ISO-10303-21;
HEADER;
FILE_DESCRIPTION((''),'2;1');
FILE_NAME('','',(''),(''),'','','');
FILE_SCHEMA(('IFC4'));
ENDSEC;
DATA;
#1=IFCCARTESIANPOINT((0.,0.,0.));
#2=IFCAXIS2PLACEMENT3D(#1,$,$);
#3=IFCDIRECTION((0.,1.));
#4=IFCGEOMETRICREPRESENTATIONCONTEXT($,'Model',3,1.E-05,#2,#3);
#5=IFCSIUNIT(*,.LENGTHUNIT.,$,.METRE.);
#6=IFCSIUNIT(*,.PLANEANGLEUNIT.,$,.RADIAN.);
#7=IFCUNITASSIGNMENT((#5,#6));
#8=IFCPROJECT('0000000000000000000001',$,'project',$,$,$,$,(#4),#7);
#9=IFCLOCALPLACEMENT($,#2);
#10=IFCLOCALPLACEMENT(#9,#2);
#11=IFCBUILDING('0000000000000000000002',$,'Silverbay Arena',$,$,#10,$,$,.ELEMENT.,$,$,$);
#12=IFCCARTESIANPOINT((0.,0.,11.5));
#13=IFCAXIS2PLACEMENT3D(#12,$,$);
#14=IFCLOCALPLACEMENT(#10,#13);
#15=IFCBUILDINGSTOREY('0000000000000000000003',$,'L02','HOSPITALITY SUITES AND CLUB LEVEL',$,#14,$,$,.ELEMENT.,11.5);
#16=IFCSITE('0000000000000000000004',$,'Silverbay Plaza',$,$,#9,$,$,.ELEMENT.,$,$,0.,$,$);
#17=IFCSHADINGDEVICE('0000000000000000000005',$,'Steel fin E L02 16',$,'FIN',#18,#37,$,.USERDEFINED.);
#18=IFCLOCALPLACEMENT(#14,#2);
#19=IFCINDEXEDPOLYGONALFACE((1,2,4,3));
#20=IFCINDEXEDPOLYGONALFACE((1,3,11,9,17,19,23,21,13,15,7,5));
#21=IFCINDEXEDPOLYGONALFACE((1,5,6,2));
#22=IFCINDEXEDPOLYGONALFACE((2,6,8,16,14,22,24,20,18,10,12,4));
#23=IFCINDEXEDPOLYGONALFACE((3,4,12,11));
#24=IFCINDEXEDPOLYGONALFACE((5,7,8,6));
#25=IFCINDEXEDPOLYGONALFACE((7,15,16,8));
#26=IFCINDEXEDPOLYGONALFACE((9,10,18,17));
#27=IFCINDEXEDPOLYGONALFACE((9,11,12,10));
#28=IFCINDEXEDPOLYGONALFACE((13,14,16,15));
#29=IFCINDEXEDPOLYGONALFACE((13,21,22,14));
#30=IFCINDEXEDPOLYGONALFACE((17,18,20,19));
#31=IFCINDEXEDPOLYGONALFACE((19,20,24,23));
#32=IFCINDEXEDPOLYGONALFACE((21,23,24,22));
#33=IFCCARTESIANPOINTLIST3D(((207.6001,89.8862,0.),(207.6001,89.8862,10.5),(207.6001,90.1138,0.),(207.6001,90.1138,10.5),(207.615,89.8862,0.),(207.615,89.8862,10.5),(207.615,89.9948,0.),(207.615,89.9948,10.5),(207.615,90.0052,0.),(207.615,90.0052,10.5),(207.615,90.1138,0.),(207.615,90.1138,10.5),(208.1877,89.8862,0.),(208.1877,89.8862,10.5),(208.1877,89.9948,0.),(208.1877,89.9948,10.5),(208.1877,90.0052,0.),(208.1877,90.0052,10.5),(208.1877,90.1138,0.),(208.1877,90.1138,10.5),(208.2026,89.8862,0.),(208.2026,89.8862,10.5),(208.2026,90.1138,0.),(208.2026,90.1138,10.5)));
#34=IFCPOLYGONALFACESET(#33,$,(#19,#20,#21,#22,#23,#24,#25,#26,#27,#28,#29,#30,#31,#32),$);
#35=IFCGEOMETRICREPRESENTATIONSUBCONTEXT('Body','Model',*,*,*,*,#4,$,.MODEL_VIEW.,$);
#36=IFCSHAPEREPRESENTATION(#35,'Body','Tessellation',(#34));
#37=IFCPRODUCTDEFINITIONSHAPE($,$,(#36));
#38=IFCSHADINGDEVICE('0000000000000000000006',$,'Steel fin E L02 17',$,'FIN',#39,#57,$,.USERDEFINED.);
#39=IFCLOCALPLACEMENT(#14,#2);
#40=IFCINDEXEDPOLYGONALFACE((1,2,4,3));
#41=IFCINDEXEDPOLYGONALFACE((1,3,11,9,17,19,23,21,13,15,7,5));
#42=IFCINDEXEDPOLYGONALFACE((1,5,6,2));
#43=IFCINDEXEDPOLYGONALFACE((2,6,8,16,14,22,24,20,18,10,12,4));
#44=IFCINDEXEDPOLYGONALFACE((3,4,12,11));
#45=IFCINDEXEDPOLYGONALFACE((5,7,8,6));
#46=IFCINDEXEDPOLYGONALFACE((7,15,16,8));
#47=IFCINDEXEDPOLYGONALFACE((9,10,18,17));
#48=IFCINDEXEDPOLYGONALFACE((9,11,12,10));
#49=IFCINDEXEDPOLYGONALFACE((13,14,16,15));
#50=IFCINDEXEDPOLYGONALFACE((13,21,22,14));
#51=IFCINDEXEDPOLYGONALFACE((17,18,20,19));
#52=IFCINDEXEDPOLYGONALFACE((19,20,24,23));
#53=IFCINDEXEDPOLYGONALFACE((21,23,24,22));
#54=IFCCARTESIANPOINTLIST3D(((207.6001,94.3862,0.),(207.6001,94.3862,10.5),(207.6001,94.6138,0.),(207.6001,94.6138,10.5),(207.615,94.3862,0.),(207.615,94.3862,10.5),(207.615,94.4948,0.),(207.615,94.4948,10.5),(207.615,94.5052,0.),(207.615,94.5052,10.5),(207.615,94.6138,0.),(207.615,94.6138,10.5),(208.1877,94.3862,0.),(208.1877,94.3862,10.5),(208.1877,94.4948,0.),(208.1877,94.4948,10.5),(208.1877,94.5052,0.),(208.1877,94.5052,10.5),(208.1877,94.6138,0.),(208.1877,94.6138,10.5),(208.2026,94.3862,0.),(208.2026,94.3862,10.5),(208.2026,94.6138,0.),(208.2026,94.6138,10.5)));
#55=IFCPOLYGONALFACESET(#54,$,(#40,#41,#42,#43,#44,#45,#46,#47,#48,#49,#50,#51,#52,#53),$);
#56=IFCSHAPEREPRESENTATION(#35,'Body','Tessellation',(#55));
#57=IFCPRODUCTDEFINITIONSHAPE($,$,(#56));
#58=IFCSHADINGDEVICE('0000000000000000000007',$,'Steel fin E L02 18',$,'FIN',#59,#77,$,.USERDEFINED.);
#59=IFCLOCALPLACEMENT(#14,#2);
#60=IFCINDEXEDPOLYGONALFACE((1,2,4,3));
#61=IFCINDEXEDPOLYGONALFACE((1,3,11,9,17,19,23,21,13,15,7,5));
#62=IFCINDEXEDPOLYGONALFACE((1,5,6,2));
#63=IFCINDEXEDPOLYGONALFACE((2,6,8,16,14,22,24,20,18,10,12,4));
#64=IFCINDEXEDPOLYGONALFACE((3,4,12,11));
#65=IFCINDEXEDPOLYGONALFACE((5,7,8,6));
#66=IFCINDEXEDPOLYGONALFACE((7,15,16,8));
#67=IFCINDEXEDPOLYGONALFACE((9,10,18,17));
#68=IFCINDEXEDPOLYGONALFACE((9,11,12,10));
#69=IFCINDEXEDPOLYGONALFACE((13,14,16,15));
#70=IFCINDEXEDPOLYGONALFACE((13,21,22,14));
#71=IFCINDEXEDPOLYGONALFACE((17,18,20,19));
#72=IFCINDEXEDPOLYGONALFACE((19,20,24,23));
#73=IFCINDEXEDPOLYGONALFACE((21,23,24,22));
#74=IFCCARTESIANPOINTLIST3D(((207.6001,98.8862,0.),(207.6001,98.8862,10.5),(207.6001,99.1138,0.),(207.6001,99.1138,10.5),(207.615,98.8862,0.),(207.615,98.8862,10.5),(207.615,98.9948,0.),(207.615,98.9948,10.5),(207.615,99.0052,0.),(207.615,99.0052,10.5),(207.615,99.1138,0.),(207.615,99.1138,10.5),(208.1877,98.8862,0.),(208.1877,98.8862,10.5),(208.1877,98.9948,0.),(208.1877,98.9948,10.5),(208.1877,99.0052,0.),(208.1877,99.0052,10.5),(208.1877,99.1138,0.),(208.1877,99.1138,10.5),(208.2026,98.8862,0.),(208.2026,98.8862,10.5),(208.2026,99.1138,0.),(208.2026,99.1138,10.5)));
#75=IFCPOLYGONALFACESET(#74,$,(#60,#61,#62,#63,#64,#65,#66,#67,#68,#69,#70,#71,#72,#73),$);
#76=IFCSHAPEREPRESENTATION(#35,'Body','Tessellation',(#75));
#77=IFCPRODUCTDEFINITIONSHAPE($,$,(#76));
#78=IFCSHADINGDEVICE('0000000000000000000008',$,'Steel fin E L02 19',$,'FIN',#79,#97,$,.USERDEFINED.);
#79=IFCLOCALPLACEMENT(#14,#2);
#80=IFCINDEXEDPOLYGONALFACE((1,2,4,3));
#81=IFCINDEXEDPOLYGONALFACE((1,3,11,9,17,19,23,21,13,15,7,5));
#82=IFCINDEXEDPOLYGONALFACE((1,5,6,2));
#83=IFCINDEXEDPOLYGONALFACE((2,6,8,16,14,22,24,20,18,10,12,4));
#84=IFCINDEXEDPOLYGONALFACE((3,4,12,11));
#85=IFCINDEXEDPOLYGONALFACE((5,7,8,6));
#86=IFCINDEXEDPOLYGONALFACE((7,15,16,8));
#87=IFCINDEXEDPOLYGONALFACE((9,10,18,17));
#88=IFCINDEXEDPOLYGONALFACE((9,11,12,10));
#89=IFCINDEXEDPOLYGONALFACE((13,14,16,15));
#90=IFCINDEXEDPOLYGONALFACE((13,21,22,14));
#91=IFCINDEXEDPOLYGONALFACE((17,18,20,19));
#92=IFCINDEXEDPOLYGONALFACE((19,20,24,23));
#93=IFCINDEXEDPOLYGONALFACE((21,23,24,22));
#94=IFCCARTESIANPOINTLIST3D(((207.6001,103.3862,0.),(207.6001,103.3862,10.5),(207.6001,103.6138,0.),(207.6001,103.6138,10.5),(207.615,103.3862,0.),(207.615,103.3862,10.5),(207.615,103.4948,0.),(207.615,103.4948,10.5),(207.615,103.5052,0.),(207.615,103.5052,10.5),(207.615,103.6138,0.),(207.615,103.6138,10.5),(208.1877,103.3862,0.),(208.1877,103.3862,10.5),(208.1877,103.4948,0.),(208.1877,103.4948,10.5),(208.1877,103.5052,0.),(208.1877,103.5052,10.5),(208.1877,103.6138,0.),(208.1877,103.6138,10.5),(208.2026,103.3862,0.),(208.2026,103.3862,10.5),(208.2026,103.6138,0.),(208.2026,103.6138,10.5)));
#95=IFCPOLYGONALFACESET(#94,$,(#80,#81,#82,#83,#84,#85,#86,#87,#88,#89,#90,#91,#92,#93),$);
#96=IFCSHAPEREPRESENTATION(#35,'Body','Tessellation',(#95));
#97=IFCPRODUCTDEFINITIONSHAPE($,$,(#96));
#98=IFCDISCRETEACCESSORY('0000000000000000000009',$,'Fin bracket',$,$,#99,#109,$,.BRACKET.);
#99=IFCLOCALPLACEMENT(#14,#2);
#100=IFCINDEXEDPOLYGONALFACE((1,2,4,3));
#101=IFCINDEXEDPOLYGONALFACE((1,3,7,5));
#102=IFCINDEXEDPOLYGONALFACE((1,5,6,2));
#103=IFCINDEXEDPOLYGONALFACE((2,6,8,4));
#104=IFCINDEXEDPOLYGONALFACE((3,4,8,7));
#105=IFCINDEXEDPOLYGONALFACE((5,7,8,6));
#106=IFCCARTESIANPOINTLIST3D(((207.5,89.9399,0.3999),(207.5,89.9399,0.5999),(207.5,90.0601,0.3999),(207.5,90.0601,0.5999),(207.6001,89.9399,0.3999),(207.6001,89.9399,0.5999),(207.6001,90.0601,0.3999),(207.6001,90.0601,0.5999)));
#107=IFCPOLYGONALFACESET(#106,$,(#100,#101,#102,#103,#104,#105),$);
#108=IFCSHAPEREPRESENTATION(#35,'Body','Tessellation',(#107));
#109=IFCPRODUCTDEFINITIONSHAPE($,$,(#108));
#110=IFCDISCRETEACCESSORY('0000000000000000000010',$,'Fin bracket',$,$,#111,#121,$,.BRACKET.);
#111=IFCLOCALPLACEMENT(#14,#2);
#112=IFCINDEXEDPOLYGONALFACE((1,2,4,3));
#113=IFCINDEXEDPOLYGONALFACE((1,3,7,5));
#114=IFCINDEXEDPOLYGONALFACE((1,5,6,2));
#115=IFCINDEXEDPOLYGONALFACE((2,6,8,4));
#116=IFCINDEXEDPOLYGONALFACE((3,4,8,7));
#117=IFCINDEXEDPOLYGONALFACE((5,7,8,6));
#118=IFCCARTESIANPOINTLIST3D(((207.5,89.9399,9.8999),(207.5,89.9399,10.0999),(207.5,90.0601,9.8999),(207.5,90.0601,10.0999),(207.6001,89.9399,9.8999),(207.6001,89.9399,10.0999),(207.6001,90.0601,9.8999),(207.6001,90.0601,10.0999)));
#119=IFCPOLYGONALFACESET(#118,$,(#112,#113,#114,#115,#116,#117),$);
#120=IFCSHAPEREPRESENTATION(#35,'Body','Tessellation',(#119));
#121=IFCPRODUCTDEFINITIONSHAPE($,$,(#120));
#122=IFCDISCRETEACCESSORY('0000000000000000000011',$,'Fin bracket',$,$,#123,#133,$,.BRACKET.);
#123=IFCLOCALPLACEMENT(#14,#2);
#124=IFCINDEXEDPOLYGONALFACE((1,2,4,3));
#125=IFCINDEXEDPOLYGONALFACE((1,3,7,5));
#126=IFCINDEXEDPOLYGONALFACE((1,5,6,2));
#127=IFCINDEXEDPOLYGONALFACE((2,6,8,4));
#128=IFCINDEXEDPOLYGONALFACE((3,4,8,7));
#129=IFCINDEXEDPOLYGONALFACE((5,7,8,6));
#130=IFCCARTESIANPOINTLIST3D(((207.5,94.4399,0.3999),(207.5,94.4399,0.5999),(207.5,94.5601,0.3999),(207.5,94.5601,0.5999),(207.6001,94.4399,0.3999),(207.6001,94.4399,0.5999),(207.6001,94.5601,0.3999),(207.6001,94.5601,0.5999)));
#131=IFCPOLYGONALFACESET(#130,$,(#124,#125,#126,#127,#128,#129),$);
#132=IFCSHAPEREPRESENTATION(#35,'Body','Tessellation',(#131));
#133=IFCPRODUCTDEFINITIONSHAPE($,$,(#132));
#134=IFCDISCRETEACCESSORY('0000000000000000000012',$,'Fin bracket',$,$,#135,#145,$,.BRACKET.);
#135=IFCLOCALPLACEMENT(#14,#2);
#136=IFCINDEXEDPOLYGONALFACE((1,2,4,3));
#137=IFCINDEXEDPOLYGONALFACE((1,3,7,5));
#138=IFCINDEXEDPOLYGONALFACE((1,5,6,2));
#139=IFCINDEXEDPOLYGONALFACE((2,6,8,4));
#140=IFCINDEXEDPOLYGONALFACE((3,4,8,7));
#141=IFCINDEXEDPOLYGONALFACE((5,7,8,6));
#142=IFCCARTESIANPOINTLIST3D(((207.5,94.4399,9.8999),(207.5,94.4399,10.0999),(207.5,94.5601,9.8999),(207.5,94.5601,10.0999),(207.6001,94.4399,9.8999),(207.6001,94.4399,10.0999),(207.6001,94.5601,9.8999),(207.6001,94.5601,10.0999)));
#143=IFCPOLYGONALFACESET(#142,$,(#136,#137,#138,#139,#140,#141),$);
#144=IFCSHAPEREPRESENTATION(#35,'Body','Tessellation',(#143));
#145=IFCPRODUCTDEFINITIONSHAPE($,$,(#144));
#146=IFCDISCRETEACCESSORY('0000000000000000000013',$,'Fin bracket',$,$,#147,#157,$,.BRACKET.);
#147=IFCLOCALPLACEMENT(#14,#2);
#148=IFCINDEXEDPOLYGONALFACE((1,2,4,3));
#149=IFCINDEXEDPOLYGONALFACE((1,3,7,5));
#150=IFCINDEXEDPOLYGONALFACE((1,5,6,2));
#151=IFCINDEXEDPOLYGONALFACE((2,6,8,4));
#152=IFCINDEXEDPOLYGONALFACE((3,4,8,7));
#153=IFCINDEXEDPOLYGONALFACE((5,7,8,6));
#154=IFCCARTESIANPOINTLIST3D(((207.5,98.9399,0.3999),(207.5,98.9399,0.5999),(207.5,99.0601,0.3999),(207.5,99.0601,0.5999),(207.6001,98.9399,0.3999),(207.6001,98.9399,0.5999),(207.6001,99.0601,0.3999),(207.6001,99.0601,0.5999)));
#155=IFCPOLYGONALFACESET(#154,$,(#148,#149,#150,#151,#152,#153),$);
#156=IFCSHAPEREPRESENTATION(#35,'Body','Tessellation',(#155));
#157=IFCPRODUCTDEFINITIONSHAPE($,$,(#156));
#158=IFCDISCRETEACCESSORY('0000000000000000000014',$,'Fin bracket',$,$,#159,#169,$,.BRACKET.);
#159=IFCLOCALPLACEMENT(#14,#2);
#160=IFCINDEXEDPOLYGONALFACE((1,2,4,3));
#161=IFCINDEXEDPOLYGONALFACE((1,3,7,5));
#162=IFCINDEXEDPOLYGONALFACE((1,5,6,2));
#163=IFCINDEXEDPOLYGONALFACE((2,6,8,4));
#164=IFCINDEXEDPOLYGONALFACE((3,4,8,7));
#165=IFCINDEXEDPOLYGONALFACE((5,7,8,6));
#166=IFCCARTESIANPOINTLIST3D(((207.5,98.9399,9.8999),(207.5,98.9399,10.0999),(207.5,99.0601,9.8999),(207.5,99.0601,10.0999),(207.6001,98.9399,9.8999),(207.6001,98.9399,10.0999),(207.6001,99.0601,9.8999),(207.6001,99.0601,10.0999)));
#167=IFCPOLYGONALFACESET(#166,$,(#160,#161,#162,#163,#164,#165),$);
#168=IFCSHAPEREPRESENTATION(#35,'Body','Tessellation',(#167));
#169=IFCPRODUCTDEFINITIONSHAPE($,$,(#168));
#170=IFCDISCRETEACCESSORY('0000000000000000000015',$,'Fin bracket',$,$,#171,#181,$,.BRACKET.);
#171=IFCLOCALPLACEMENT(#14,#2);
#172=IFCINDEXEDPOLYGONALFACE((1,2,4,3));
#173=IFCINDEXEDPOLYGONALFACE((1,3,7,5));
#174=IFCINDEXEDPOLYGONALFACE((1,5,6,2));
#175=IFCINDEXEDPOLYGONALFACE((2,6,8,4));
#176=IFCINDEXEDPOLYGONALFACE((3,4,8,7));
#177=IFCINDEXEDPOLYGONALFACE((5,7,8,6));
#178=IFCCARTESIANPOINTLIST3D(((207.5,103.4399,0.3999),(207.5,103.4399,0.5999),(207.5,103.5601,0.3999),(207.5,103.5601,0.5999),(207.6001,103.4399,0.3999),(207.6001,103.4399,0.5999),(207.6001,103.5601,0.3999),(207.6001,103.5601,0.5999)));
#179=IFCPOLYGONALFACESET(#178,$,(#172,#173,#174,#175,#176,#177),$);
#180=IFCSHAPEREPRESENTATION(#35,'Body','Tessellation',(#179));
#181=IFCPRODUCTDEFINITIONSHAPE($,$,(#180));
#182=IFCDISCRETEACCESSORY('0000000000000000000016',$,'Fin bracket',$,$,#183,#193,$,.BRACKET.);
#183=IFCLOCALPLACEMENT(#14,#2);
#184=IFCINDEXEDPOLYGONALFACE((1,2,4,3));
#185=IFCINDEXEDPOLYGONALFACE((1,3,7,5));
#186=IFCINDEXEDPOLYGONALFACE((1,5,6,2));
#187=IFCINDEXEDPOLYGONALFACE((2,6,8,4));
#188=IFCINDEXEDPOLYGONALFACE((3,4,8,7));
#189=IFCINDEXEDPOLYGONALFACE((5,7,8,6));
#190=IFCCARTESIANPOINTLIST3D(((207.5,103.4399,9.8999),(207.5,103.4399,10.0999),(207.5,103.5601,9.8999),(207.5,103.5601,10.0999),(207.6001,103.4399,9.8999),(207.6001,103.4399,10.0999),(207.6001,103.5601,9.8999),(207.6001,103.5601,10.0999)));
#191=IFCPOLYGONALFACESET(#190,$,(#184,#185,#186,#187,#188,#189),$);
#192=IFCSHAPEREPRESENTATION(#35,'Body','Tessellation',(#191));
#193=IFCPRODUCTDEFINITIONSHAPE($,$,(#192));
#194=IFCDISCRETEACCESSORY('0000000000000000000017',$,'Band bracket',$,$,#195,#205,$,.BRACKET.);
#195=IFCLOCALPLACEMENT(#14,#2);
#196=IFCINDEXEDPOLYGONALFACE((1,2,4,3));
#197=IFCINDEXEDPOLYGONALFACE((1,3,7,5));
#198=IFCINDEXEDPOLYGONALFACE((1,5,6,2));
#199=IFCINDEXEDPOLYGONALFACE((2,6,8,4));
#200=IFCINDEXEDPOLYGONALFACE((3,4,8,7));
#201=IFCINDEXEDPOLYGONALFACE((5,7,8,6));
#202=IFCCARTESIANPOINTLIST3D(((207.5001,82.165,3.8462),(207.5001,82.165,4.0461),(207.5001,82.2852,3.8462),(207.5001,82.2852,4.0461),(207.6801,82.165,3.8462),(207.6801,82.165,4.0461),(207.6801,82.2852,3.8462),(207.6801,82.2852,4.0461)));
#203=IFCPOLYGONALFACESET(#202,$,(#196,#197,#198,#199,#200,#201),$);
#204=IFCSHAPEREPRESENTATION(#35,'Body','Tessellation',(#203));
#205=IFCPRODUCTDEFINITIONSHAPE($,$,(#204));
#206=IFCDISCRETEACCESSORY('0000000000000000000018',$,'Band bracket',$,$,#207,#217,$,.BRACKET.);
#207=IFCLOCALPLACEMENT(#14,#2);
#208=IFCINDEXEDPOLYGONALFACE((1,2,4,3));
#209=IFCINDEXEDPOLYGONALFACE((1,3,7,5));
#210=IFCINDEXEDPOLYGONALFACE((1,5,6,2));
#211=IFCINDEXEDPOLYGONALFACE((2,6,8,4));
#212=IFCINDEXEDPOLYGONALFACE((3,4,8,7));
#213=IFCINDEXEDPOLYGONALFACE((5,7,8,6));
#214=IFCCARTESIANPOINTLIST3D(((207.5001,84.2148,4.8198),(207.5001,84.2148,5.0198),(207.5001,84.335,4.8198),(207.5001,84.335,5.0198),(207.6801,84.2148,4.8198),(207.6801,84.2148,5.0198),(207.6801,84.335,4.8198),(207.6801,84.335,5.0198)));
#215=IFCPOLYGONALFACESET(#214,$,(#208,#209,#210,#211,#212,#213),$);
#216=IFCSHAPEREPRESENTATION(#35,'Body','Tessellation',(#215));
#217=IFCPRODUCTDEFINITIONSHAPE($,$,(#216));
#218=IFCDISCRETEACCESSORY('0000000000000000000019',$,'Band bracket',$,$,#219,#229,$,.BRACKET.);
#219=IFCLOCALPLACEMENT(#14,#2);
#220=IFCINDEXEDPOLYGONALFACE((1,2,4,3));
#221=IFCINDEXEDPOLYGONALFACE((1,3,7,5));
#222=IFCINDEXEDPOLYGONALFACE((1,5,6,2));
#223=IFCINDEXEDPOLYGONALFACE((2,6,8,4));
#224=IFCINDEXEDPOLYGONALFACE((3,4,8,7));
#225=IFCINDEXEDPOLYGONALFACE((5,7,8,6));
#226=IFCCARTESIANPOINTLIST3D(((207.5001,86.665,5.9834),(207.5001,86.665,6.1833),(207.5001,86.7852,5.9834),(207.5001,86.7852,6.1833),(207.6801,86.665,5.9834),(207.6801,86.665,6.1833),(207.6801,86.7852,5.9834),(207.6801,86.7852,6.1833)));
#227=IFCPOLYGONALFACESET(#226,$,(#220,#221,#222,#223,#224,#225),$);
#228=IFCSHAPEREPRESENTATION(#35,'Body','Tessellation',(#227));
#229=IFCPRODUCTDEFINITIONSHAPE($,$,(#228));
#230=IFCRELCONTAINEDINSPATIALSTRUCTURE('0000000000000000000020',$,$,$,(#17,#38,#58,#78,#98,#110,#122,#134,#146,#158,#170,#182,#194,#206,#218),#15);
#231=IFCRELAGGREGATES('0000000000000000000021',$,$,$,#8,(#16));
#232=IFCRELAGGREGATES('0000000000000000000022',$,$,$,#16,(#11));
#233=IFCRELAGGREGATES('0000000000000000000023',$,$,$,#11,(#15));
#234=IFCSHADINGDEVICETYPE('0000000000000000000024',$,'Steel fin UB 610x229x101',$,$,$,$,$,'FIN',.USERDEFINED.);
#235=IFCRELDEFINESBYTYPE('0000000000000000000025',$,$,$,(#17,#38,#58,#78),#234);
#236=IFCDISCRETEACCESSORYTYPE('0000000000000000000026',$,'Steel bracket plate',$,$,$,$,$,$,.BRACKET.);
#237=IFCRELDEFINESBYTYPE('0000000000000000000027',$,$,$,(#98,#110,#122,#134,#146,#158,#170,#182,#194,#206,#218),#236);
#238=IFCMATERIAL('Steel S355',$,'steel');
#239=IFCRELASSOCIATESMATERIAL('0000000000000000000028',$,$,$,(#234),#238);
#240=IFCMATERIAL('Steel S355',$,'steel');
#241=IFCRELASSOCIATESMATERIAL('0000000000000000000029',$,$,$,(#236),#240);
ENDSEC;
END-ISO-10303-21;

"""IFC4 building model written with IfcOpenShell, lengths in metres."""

from ifc_helpers import new_model, si_unit, direction, frame, origin, origin_2d, place, context, subcontext, project, spatial, rectangle, i_section, extrude, material, material_profile, profile_set, type_object, element, save


model = new_model("IFC4")

# Units and contexts
model_context = context("Model", 3, precision=1e-05, world=origin(), true_north=direction((0.0, 1.0)))
body_context = subcontext(model_context, "Body", "Model", "MODEL_VIEW")
ifc_project = project(units=[si_unit("LENGTHUNIT", "METRE"), si_unit("PLANEANGLEUNIT", "RADIAN")], contexts=[model_context])

# Site, building, storey
site_placement = place(None, origin())
site = spatial("IfcSite", under=ifc_project, at=site_placement, Name="Silverbay Plaza", CompositionType="ELEMENT", RefElevation=0.0)
building_placement = place(site_placement, origin())
building = spatial("IfcBuilding", under=site, at=building_placement, Name="Silverbay Arena", CompositionType="ELEMENT")
storey_placement = place(building_placement, frame((0.0, 0.0, 11.5)))
storey = spatial("IfcBuildingStorey", under=building, at=storey_placement, Name="L02", Description="HOSPITALITY SUITES AND CLUB LEVEL", CompositionType="ELEMENT", Elevation=11.5)

# Shading devices
ifc_material_1 = material(Name="Steel S355", Category="steel")
ifc_material_profile_1 = material_profile(ifc_material_1, i_section(OverallWidth=0.2275, OverallDepth=0.6025, WebThickness=0.0105, FlangeThickness=0.0149, at=origin_2d()), Name="UB 610x229x101")
ifc_profile_set_1 = profile_set([ifc_material_profile_1], Name="Steel S355")
shading_device_type = type_object("IfcShadingDeviceType", Name="Steel fin UB 610x229x101", ElementType="FIN", PredefinedType="USERDEFINED", material=ifc_profile_set_1)
for number, where, z_axis, x_axis, name in (
    (1, (207.9014, 90.0, 0.0), (0.0, 0.0, 1.0), (0.0, 1.0, 0.0), "Steel fin E L02 16"),
    (2, (207.9014, 94.5, 0.0), (0.0, 0.0, 1.0), (0.0, 1.0, 0.0), "Steel fin E L02 17"),
    (3, (207.9014, 99.0, 0.0), (0.0, 0.0, 1.0), (0.0, 1.0, 0.0), "Steel fin E L02 18"),
    (4, (207.9014, 103.5, 0.0), (0.0, 0.0, 1.0), (0.0, 1.0, 0.0), "Steel fin E L02 19"),
):
    element("IfcShadingDevice", number, at=place(storey_placement, frame(where, z_axis=z_axis, x_axis=x_axis)), inside=storey, type_object=shading_device_type, Name=name, ObjectType="FIN", PredefinedType="USERDEFINED", context=body_context, shape_type="SweptSolid", body=[
        extrude(i_section(OverallWidth=0.2275, OverallDepth=0.6025, WebThickness=0.0105, FlangeThickness=0.0149, at=origin_2d()), origin(), (0.0, 0.0, 1.0), 10.5),
    ])

# Discrete accessories
ifc_material_2 = material(Name="Steel S355", Category="steel")
discrete_accessory_type = type_object("IfcDiscreteAccessoryType", Name="Steel bracket plate", PredefinedType="BRACKET", material=ifc_material_2)
for number, where, z_axis, x_axis, name in (
    (5, (207.55, 90.0, 0.3999), (0.0, 0.0, 1.0), (1.0, 0.0, 0.0), "Fin bracket"),
    (6, (207.55, 90.0, 9.8999), (0.0, 0.0, 1.0), (1.0, 0.0, 0.0), "Fin bracket"),
    (7, (207.55, 94.5, 0.3999), (0.0, 0.0, 1.0), (1.0, 0.0, 0.0), "Fin bracket"),
    (8, (207.55, 94.5, 9.8999), (0.0, 0.0, 1.0), (1.0, 0.0, 0.0), "Fin bracket"),
    (9, (207.55, 99.0, 0.3999), (0.0, 0.0, 1.0), (1.0, 0.0, 0.0), "Fin bracket"),
    (10, (207.55, 99.0, 9.8999), (0.0, 0.0, 1.0), (1.0, 0.0, 0.0), "Fin bracket"),
    (11, (207.55, 103.5, 0.3999), (0.0, 0.0, 1.0), (1.0, 0.0, 0.0), "Fin bracket"),
    (12, (207.55, 103.5, 9.8999), (0.0, 0.0, 1.0), (1.0, 0.0, 0.0), "Fin bracket"),
):
    element("IfcDiscreteAccessory", number, at=place(storey_placement, frame(where, z_axis=z_axis, x_axis=x_axis)), inside=storey, type_object=discrete_accessory_type, Name=name, PredefinedType="BRACKET", context=body_context, shape_type="SweptSolid", body=[
        extrude(rectangle(XDim=0.1001, YDim=0.1201, at=origin_2d()), origin(), (0.0, 0.0, 1.0), 0.2),
    ])
for number, where, z_axis, x_axis, name in (
    (13, (207.5901, 82.2251, 3.8462), (0.0, 0.0, 1.0), (1.0, 0.0, 0.0), "Band bracket"),
    (14, (207.5901, 84.2749, 4.8198), (0.0, 0.0, 1.0), (1.0, 0.0, 0.0), "Band bracket"),
    (15, (207.5901, 86.7251, 5.9834), (0.0, 0.0, 1.0), (1.0, 0.0, 0.0), "Band bracket"),
):
    element("IfcDiscreteAccessory", number, at=place(storey_placement, frame(where, z_axis=z_axis, x_axis=x_axis)), inside=storey, type_object=discrete_accessory_type, Name=name, PredefinedType="BRACKET", context=body_context, shape_type="SweptSolid", body=[
        extrude(rectangle(XDim=0.1799, YDim=0.1201, at=origin_2d()), origin(), (0.0, 0.0, 1.0), 0.2),
    ])

save(model, "model.ifc")
